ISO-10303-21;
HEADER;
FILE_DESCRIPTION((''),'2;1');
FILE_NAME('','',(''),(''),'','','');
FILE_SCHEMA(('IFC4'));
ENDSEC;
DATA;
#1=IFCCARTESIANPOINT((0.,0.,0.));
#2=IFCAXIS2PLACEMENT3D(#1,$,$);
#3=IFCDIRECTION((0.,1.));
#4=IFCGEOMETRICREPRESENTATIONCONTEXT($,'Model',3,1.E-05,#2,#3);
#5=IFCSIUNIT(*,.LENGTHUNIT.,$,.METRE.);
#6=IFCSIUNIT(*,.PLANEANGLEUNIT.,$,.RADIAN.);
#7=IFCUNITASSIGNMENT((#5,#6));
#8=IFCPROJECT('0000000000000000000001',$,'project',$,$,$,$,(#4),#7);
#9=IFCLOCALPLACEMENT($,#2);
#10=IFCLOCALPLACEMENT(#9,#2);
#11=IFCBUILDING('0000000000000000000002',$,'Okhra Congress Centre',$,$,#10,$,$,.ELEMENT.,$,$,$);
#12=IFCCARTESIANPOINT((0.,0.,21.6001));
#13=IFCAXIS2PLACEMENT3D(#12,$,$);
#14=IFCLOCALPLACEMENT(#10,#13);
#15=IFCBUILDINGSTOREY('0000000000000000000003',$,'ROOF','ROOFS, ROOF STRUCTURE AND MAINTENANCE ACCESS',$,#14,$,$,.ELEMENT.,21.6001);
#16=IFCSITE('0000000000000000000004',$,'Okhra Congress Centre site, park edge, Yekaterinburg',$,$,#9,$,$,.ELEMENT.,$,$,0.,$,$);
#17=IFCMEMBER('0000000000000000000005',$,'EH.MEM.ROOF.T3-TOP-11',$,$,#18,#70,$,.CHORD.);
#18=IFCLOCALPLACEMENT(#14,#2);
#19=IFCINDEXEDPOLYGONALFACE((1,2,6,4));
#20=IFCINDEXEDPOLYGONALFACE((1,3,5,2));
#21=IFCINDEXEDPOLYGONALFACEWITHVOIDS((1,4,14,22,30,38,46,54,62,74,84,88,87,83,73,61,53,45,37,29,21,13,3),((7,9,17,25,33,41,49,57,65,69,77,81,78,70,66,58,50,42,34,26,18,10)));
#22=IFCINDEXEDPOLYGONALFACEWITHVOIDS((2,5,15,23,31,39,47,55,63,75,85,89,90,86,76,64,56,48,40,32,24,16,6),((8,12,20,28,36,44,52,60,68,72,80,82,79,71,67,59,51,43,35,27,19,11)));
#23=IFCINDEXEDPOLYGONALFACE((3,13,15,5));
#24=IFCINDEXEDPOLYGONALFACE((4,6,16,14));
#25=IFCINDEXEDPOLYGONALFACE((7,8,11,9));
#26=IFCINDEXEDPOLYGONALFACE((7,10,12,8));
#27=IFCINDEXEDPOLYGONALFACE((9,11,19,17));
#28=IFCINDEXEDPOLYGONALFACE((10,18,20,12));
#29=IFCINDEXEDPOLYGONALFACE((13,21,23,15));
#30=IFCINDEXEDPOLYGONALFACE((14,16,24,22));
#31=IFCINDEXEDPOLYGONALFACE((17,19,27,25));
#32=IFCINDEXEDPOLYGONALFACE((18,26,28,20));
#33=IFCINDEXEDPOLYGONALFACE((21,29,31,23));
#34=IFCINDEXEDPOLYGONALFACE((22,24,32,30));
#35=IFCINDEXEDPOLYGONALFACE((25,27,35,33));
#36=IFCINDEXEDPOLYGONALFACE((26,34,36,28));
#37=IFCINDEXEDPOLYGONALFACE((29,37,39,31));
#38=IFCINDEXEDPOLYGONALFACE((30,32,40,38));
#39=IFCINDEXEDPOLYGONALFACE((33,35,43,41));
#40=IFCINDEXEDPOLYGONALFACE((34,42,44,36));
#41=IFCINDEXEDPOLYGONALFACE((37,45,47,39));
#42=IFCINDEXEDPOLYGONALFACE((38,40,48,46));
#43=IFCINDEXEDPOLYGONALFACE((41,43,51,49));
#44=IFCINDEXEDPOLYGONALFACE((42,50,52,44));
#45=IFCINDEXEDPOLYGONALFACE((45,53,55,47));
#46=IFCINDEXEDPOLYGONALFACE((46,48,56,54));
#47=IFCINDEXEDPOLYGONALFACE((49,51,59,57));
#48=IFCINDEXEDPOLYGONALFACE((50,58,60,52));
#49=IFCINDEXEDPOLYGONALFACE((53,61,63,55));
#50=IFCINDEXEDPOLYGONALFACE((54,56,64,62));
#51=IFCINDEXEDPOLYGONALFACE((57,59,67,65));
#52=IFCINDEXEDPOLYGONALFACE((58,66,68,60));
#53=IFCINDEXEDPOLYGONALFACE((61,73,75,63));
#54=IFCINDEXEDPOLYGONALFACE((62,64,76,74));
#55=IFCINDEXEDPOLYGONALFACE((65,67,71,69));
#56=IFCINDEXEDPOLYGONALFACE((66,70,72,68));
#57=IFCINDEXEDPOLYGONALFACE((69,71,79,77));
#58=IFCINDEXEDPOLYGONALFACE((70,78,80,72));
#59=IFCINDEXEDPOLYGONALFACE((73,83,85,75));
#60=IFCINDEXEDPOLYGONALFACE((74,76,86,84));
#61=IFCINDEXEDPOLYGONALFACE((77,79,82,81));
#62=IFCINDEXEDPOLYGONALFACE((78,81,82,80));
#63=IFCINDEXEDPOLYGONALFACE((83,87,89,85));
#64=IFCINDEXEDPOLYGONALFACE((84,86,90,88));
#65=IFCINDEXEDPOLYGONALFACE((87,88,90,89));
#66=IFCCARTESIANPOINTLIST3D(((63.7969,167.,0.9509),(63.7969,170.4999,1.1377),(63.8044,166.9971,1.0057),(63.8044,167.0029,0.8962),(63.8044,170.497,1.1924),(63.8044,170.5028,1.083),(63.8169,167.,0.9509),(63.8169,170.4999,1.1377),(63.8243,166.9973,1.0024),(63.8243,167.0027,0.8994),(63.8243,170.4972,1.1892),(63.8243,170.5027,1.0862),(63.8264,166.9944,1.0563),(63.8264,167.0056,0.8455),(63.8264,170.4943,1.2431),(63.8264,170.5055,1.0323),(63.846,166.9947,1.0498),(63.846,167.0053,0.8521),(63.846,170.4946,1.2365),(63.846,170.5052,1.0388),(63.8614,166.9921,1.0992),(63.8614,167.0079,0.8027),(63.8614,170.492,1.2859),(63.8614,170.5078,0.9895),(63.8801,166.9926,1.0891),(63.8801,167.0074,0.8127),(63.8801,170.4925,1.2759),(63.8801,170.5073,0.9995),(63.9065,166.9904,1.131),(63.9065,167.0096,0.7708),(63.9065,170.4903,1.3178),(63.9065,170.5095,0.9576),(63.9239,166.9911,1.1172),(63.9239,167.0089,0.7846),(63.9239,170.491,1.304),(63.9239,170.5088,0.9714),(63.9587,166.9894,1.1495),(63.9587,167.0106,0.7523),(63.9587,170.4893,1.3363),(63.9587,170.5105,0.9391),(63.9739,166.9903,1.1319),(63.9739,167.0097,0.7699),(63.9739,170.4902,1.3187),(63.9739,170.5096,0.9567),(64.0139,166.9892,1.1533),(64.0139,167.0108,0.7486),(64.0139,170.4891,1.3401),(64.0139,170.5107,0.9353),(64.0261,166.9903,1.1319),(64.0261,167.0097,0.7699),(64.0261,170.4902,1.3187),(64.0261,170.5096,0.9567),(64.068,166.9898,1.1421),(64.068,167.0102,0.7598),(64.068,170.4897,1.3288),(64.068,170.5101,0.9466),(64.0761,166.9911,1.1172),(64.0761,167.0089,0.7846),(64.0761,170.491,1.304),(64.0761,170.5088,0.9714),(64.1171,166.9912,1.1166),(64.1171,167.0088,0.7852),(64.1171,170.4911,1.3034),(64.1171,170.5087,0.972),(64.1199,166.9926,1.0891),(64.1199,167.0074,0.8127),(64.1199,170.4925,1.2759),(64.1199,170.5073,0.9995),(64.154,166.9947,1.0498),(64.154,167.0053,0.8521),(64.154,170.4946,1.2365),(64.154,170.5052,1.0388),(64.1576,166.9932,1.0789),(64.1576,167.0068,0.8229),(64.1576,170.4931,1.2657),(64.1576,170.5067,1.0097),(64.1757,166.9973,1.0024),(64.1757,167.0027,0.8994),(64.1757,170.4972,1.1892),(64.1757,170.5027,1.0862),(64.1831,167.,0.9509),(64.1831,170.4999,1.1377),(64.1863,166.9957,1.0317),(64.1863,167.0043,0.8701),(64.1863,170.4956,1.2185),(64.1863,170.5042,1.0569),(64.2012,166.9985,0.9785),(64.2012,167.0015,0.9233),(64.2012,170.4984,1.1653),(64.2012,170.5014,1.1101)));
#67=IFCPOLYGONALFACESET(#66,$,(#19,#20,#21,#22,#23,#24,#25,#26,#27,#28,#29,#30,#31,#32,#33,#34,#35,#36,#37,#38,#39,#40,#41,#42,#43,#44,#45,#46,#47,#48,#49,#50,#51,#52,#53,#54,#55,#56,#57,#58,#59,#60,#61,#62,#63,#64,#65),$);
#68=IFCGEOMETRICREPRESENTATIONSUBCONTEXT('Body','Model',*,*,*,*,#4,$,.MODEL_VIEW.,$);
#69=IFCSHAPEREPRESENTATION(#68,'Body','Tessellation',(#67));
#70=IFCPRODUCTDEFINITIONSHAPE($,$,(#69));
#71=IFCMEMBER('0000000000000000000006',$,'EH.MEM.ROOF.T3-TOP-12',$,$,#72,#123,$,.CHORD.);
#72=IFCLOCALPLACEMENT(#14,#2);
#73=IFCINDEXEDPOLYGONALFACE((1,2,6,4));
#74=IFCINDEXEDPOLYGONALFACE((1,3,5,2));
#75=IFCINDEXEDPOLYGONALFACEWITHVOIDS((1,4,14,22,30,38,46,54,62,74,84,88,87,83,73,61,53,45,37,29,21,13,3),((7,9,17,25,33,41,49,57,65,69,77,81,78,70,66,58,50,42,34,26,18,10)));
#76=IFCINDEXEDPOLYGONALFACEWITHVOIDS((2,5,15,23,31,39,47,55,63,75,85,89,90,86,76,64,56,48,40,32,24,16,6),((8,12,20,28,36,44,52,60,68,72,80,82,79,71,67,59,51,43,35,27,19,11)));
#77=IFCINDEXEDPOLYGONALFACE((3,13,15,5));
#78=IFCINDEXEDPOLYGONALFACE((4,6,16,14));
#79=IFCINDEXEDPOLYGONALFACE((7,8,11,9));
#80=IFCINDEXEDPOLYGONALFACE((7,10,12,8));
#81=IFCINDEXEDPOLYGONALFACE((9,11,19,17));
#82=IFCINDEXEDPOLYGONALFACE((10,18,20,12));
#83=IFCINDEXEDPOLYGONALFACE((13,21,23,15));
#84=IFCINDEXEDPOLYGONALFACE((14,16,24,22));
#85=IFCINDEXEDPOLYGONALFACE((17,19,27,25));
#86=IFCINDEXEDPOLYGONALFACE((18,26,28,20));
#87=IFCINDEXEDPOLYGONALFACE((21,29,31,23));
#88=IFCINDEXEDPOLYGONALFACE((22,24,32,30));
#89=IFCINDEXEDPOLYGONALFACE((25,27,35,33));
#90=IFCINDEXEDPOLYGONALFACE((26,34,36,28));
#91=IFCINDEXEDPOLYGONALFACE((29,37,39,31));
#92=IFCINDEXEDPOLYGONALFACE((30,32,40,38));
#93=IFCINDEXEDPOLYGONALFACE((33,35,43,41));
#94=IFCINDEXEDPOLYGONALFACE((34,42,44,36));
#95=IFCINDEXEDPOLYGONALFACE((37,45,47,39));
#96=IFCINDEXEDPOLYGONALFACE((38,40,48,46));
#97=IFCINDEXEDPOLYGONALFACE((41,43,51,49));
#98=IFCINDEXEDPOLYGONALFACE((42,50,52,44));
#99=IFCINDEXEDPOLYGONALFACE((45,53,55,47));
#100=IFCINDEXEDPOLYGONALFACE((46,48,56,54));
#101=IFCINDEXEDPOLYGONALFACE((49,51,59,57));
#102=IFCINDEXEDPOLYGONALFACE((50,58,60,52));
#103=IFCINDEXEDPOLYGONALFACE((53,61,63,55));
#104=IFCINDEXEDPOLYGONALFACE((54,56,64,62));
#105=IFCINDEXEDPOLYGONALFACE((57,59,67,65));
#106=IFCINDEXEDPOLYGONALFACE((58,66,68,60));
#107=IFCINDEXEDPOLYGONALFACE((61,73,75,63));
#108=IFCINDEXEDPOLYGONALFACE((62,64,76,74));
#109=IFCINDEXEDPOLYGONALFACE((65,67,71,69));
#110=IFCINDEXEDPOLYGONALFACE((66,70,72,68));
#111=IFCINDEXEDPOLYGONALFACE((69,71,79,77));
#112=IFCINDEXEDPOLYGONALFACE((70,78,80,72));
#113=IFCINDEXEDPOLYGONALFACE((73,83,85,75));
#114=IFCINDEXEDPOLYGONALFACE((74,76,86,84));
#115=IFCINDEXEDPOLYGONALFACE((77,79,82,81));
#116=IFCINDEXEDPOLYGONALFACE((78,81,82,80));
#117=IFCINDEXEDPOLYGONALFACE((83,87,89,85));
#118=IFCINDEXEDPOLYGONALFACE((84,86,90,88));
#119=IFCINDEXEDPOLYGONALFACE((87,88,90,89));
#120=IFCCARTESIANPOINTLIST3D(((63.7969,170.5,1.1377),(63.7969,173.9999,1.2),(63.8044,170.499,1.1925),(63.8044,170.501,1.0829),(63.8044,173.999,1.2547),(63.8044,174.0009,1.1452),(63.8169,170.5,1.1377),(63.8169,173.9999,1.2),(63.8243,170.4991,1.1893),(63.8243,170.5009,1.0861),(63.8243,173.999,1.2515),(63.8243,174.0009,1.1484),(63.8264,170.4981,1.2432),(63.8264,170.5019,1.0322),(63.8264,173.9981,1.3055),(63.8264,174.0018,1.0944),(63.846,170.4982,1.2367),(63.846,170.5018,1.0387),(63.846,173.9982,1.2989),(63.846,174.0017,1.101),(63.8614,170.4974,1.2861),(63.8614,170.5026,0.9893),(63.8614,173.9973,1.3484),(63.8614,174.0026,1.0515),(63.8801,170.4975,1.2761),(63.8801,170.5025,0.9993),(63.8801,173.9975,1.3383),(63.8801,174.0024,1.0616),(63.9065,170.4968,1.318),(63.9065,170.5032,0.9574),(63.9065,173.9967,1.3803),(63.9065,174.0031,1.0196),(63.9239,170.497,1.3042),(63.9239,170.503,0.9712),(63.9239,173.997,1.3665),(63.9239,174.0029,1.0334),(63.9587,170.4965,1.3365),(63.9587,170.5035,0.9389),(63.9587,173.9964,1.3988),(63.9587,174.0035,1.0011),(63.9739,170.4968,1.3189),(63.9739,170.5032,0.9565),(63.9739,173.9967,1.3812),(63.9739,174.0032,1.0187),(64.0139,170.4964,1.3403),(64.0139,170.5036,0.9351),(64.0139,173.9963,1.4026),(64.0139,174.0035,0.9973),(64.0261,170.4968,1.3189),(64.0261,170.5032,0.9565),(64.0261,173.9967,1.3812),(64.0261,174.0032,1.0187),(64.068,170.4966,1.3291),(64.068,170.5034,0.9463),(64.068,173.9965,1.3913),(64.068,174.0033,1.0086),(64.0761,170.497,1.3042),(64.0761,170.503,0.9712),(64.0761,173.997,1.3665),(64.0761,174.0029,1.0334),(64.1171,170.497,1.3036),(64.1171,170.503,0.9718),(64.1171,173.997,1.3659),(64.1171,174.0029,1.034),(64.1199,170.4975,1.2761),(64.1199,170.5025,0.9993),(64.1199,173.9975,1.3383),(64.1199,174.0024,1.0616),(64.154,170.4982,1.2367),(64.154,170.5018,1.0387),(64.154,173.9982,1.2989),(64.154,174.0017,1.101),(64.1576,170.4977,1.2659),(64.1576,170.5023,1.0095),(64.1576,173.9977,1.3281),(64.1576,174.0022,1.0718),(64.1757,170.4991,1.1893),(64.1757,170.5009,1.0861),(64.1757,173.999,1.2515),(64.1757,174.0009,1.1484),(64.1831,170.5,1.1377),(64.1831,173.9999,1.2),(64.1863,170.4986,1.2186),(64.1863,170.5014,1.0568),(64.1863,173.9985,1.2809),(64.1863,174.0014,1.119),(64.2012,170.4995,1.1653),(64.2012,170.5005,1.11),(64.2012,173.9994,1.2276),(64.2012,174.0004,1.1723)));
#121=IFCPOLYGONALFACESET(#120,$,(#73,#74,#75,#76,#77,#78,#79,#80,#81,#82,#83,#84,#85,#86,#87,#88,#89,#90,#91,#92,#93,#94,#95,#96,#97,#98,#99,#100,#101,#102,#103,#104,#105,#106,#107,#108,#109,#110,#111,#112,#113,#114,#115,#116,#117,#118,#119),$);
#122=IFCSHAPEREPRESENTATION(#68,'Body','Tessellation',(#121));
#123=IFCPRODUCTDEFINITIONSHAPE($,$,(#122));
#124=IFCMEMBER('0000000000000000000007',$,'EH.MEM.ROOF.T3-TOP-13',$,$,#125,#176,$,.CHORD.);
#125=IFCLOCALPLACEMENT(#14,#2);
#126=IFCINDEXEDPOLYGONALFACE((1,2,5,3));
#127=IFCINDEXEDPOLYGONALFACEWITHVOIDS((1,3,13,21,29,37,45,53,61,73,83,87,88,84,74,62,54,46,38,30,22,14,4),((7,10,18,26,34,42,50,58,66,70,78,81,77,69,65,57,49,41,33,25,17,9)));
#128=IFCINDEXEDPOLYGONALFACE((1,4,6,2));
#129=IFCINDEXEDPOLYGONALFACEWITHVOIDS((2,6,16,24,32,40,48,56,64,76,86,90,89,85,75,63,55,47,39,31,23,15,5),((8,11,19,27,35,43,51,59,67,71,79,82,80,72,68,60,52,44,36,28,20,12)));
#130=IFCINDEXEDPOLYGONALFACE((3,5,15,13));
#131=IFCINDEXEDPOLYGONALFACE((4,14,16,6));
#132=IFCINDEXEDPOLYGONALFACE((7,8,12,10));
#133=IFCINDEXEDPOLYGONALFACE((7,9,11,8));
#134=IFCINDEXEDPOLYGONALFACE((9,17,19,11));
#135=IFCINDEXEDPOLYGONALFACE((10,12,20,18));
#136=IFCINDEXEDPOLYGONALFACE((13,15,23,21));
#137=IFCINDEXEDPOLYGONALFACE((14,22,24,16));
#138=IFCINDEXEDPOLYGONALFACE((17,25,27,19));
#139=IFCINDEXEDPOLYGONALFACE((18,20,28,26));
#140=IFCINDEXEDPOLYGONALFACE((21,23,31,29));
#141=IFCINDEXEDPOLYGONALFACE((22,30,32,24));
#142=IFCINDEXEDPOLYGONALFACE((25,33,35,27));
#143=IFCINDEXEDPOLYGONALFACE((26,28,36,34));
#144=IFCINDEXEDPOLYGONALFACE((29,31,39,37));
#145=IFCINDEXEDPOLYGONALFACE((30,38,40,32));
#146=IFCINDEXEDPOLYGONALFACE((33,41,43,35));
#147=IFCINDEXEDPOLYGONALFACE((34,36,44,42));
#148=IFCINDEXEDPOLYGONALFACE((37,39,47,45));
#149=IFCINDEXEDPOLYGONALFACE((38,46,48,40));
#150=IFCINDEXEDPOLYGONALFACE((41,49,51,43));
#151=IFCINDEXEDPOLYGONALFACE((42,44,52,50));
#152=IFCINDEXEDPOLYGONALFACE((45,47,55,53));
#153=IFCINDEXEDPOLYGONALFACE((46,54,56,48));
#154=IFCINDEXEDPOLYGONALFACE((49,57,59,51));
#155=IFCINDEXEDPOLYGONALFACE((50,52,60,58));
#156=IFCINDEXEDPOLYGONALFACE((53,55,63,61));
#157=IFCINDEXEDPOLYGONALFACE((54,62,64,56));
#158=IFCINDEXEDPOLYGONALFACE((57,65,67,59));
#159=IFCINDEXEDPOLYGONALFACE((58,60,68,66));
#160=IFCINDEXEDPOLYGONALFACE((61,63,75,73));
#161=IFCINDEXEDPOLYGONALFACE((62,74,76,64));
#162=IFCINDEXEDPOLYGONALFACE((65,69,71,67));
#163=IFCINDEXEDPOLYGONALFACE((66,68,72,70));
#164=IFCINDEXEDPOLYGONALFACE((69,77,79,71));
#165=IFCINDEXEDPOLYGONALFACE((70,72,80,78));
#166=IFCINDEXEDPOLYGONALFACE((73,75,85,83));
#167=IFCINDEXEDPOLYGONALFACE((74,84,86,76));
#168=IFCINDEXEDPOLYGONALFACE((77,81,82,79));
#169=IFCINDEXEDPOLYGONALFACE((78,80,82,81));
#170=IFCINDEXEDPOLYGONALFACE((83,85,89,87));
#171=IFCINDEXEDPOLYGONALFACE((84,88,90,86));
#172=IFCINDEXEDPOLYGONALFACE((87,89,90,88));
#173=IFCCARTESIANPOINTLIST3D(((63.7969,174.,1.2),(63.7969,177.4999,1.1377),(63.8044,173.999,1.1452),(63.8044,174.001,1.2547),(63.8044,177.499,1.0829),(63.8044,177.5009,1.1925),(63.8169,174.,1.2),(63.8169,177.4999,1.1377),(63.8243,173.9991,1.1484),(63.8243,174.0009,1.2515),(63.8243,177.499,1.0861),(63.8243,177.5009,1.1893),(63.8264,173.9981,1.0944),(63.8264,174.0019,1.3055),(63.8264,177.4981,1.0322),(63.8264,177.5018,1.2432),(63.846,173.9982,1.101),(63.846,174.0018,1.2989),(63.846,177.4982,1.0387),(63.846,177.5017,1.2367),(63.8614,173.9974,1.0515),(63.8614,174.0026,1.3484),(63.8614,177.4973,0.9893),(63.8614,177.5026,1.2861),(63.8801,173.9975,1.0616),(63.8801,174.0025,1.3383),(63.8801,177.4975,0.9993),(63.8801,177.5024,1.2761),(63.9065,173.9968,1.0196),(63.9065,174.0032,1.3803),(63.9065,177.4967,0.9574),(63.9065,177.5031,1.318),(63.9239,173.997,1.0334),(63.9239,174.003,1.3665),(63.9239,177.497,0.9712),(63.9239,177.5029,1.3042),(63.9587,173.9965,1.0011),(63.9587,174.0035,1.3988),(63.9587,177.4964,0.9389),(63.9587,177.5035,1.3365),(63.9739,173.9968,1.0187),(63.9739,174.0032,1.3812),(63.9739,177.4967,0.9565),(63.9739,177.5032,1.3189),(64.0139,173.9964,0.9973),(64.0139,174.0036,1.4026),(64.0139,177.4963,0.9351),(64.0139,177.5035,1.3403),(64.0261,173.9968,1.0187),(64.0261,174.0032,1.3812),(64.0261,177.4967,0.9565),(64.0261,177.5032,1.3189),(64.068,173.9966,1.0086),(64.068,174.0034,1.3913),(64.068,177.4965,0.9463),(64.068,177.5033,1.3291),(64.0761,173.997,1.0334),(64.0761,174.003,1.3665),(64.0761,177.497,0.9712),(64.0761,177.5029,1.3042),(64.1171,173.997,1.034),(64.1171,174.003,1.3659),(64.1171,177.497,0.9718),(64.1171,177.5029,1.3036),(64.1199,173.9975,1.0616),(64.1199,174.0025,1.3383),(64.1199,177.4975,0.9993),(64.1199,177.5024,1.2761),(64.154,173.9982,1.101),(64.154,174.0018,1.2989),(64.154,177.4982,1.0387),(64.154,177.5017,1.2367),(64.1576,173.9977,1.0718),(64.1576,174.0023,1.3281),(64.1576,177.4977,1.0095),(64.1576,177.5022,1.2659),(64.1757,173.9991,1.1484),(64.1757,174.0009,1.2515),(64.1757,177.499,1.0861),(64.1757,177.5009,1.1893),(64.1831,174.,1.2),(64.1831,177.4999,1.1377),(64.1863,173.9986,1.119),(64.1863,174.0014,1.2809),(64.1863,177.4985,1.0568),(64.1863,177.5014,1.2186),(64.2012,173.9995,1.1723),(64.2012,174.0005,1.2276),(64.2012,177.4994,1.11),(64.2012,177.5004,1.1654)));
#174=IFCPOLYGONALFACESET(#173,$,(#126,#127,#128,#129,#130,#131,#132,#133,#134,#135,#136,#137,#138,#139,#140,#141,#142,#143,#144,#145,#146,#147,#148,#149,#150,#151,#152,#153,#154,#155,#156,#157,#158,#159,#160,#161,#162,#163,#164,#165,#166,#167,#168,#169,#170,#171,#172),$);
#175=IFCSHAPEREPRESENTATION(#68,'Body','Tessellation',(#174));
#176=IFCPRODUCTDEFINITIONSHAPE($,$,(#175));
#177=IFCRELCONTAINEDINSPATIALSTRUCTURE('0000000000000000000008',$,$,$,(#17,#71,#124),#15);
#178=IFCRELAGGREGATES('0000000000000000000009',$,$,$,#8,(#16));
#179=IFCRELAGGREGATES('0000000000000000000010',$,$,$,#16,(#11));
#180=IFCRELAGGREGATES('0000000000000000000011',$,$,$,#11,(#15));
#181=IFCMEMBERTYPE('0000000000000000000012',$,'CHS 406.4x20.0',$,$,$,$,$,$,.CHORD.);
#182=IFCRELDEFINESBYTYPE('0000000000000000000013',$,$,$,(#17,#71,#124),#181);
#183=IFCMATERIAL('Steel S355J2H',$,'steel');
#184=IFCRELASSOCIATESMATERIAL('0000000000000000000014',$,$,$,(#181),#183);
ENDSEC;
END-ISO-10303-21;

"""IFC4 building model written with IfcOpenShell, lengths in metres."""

from ifc_helpers import new_model, si_unit, direction, frame, origin, origin_2d, place, context, subcontext, project, spatial, hollow_circle, extrude, material, material_profile, profile_set, type_object, element, save


model = new_model("IFC4")

# Units and contexts
model_context = context("Model", 3, precision=1e-05, world=origin(), true_north=direction((0.0, 1.0)))
body_context = subcontext(model_context, "Body", "Model", "MODEL_VIEW")
ifc_project = project(units=[si_unit("LENGTHUNIT", "METRE"), si_unit("PLANEANGLEUNIT", "RADIAN")], contexts=[model_context])

# Site, building, storey
site_placement = place(None, origin())
site = spatial("IfcSite", under=ifc_project, at=site_placement, Name="Okhra Congress Centre site, park edge, Yekaterinburg", CompositionType="ELEMENT", RefElevation=0.0)
building_placement = place(site_placement, origin())
building = spatial("IfcBuilding", under=site, at=building_placement, Name="Okhra Congress Centre", CompositionType="ELEMENT")
storey_placement = place(building_placement, frame((0.0, 0.0, 21.6001)))
storey = spatial("IfcBuildingStorey", under=building, at=storey_placement, Name="ROOF", Description="ROOFS, ROOF STRUCTURE AND MAINTENANCE ACCESS", CompositionType="ELEMENT", Elevation=21.6001)

# Members
ifc_material_1 = material(Name="Steel S355J2H", Category="steel")
ifc_material_profile_1 = material_profile(ifc_material_1, hollow_circle(Radius=0.2031, WallThickness=0.02, at=origin_2d()), Name="CHS 406.4x20.0")
ifc_profile_set_1 = profile_set([ifc_material_profile_1], Name="Steel S355J2H")
member_type_1 = type_object("IfcMemberType", Name="CHS 406.4x20.0", PredefinedType="CHORD", material=ifc_profile_set_1)
member_1_placement = place(storey_placement, frame((64.0, 167.0, 0.9509), z_axis=(0.0, 0.998579, 0.053286), x_axis=(-1.0, 0.0, 0.0)))
element("IfcMember", 1, at=member_1_placement, inside=storey, type_object=member_type_1, Name="EH.MEM.ROOF.T3-TOP-11", PredefinedType="CHORD", context=body_context, shape_type="SweptSolid", body=[
    extrude(hollow_circle(Radius=0.2031, WallThickness=0.02, at=origin_2d()), origin(), (0.0, 0.0, 1.0), 3.5049),
])
for number, where, z_axis, x_axis, name in (
    (2, (64.0, 170.5, 1.1377), (0.0, 0.999842, 0.017785), (-1.0, 0.0, 0.0), "EH.MEM.ROOF.T3-TOP-12"),
    (3, (64.0, 174.0, 1.2), (0.0, 0.999842, -0.017785), (-1.0, 0.0, 0.0), "EH.MEM.ROOF.T3-TOP-13"),
):
    element("IfcMember", number, at=place(storey_placement, frame(where, z_axis=z_axis, x_axis=x_axis)), inside=storey, type_object=member_type_1, Name=name, PredefinedType="CHORD", context=body_context, shape_type="SweptSolid", body=[
        extrude(hollow_circle(Radius=0.2031, WallThickness=0.02, at=origin_2d()), origin(), (0.0, 0.0, 1.0), 3.5005),
    ])

save(model, "model.ifc")
